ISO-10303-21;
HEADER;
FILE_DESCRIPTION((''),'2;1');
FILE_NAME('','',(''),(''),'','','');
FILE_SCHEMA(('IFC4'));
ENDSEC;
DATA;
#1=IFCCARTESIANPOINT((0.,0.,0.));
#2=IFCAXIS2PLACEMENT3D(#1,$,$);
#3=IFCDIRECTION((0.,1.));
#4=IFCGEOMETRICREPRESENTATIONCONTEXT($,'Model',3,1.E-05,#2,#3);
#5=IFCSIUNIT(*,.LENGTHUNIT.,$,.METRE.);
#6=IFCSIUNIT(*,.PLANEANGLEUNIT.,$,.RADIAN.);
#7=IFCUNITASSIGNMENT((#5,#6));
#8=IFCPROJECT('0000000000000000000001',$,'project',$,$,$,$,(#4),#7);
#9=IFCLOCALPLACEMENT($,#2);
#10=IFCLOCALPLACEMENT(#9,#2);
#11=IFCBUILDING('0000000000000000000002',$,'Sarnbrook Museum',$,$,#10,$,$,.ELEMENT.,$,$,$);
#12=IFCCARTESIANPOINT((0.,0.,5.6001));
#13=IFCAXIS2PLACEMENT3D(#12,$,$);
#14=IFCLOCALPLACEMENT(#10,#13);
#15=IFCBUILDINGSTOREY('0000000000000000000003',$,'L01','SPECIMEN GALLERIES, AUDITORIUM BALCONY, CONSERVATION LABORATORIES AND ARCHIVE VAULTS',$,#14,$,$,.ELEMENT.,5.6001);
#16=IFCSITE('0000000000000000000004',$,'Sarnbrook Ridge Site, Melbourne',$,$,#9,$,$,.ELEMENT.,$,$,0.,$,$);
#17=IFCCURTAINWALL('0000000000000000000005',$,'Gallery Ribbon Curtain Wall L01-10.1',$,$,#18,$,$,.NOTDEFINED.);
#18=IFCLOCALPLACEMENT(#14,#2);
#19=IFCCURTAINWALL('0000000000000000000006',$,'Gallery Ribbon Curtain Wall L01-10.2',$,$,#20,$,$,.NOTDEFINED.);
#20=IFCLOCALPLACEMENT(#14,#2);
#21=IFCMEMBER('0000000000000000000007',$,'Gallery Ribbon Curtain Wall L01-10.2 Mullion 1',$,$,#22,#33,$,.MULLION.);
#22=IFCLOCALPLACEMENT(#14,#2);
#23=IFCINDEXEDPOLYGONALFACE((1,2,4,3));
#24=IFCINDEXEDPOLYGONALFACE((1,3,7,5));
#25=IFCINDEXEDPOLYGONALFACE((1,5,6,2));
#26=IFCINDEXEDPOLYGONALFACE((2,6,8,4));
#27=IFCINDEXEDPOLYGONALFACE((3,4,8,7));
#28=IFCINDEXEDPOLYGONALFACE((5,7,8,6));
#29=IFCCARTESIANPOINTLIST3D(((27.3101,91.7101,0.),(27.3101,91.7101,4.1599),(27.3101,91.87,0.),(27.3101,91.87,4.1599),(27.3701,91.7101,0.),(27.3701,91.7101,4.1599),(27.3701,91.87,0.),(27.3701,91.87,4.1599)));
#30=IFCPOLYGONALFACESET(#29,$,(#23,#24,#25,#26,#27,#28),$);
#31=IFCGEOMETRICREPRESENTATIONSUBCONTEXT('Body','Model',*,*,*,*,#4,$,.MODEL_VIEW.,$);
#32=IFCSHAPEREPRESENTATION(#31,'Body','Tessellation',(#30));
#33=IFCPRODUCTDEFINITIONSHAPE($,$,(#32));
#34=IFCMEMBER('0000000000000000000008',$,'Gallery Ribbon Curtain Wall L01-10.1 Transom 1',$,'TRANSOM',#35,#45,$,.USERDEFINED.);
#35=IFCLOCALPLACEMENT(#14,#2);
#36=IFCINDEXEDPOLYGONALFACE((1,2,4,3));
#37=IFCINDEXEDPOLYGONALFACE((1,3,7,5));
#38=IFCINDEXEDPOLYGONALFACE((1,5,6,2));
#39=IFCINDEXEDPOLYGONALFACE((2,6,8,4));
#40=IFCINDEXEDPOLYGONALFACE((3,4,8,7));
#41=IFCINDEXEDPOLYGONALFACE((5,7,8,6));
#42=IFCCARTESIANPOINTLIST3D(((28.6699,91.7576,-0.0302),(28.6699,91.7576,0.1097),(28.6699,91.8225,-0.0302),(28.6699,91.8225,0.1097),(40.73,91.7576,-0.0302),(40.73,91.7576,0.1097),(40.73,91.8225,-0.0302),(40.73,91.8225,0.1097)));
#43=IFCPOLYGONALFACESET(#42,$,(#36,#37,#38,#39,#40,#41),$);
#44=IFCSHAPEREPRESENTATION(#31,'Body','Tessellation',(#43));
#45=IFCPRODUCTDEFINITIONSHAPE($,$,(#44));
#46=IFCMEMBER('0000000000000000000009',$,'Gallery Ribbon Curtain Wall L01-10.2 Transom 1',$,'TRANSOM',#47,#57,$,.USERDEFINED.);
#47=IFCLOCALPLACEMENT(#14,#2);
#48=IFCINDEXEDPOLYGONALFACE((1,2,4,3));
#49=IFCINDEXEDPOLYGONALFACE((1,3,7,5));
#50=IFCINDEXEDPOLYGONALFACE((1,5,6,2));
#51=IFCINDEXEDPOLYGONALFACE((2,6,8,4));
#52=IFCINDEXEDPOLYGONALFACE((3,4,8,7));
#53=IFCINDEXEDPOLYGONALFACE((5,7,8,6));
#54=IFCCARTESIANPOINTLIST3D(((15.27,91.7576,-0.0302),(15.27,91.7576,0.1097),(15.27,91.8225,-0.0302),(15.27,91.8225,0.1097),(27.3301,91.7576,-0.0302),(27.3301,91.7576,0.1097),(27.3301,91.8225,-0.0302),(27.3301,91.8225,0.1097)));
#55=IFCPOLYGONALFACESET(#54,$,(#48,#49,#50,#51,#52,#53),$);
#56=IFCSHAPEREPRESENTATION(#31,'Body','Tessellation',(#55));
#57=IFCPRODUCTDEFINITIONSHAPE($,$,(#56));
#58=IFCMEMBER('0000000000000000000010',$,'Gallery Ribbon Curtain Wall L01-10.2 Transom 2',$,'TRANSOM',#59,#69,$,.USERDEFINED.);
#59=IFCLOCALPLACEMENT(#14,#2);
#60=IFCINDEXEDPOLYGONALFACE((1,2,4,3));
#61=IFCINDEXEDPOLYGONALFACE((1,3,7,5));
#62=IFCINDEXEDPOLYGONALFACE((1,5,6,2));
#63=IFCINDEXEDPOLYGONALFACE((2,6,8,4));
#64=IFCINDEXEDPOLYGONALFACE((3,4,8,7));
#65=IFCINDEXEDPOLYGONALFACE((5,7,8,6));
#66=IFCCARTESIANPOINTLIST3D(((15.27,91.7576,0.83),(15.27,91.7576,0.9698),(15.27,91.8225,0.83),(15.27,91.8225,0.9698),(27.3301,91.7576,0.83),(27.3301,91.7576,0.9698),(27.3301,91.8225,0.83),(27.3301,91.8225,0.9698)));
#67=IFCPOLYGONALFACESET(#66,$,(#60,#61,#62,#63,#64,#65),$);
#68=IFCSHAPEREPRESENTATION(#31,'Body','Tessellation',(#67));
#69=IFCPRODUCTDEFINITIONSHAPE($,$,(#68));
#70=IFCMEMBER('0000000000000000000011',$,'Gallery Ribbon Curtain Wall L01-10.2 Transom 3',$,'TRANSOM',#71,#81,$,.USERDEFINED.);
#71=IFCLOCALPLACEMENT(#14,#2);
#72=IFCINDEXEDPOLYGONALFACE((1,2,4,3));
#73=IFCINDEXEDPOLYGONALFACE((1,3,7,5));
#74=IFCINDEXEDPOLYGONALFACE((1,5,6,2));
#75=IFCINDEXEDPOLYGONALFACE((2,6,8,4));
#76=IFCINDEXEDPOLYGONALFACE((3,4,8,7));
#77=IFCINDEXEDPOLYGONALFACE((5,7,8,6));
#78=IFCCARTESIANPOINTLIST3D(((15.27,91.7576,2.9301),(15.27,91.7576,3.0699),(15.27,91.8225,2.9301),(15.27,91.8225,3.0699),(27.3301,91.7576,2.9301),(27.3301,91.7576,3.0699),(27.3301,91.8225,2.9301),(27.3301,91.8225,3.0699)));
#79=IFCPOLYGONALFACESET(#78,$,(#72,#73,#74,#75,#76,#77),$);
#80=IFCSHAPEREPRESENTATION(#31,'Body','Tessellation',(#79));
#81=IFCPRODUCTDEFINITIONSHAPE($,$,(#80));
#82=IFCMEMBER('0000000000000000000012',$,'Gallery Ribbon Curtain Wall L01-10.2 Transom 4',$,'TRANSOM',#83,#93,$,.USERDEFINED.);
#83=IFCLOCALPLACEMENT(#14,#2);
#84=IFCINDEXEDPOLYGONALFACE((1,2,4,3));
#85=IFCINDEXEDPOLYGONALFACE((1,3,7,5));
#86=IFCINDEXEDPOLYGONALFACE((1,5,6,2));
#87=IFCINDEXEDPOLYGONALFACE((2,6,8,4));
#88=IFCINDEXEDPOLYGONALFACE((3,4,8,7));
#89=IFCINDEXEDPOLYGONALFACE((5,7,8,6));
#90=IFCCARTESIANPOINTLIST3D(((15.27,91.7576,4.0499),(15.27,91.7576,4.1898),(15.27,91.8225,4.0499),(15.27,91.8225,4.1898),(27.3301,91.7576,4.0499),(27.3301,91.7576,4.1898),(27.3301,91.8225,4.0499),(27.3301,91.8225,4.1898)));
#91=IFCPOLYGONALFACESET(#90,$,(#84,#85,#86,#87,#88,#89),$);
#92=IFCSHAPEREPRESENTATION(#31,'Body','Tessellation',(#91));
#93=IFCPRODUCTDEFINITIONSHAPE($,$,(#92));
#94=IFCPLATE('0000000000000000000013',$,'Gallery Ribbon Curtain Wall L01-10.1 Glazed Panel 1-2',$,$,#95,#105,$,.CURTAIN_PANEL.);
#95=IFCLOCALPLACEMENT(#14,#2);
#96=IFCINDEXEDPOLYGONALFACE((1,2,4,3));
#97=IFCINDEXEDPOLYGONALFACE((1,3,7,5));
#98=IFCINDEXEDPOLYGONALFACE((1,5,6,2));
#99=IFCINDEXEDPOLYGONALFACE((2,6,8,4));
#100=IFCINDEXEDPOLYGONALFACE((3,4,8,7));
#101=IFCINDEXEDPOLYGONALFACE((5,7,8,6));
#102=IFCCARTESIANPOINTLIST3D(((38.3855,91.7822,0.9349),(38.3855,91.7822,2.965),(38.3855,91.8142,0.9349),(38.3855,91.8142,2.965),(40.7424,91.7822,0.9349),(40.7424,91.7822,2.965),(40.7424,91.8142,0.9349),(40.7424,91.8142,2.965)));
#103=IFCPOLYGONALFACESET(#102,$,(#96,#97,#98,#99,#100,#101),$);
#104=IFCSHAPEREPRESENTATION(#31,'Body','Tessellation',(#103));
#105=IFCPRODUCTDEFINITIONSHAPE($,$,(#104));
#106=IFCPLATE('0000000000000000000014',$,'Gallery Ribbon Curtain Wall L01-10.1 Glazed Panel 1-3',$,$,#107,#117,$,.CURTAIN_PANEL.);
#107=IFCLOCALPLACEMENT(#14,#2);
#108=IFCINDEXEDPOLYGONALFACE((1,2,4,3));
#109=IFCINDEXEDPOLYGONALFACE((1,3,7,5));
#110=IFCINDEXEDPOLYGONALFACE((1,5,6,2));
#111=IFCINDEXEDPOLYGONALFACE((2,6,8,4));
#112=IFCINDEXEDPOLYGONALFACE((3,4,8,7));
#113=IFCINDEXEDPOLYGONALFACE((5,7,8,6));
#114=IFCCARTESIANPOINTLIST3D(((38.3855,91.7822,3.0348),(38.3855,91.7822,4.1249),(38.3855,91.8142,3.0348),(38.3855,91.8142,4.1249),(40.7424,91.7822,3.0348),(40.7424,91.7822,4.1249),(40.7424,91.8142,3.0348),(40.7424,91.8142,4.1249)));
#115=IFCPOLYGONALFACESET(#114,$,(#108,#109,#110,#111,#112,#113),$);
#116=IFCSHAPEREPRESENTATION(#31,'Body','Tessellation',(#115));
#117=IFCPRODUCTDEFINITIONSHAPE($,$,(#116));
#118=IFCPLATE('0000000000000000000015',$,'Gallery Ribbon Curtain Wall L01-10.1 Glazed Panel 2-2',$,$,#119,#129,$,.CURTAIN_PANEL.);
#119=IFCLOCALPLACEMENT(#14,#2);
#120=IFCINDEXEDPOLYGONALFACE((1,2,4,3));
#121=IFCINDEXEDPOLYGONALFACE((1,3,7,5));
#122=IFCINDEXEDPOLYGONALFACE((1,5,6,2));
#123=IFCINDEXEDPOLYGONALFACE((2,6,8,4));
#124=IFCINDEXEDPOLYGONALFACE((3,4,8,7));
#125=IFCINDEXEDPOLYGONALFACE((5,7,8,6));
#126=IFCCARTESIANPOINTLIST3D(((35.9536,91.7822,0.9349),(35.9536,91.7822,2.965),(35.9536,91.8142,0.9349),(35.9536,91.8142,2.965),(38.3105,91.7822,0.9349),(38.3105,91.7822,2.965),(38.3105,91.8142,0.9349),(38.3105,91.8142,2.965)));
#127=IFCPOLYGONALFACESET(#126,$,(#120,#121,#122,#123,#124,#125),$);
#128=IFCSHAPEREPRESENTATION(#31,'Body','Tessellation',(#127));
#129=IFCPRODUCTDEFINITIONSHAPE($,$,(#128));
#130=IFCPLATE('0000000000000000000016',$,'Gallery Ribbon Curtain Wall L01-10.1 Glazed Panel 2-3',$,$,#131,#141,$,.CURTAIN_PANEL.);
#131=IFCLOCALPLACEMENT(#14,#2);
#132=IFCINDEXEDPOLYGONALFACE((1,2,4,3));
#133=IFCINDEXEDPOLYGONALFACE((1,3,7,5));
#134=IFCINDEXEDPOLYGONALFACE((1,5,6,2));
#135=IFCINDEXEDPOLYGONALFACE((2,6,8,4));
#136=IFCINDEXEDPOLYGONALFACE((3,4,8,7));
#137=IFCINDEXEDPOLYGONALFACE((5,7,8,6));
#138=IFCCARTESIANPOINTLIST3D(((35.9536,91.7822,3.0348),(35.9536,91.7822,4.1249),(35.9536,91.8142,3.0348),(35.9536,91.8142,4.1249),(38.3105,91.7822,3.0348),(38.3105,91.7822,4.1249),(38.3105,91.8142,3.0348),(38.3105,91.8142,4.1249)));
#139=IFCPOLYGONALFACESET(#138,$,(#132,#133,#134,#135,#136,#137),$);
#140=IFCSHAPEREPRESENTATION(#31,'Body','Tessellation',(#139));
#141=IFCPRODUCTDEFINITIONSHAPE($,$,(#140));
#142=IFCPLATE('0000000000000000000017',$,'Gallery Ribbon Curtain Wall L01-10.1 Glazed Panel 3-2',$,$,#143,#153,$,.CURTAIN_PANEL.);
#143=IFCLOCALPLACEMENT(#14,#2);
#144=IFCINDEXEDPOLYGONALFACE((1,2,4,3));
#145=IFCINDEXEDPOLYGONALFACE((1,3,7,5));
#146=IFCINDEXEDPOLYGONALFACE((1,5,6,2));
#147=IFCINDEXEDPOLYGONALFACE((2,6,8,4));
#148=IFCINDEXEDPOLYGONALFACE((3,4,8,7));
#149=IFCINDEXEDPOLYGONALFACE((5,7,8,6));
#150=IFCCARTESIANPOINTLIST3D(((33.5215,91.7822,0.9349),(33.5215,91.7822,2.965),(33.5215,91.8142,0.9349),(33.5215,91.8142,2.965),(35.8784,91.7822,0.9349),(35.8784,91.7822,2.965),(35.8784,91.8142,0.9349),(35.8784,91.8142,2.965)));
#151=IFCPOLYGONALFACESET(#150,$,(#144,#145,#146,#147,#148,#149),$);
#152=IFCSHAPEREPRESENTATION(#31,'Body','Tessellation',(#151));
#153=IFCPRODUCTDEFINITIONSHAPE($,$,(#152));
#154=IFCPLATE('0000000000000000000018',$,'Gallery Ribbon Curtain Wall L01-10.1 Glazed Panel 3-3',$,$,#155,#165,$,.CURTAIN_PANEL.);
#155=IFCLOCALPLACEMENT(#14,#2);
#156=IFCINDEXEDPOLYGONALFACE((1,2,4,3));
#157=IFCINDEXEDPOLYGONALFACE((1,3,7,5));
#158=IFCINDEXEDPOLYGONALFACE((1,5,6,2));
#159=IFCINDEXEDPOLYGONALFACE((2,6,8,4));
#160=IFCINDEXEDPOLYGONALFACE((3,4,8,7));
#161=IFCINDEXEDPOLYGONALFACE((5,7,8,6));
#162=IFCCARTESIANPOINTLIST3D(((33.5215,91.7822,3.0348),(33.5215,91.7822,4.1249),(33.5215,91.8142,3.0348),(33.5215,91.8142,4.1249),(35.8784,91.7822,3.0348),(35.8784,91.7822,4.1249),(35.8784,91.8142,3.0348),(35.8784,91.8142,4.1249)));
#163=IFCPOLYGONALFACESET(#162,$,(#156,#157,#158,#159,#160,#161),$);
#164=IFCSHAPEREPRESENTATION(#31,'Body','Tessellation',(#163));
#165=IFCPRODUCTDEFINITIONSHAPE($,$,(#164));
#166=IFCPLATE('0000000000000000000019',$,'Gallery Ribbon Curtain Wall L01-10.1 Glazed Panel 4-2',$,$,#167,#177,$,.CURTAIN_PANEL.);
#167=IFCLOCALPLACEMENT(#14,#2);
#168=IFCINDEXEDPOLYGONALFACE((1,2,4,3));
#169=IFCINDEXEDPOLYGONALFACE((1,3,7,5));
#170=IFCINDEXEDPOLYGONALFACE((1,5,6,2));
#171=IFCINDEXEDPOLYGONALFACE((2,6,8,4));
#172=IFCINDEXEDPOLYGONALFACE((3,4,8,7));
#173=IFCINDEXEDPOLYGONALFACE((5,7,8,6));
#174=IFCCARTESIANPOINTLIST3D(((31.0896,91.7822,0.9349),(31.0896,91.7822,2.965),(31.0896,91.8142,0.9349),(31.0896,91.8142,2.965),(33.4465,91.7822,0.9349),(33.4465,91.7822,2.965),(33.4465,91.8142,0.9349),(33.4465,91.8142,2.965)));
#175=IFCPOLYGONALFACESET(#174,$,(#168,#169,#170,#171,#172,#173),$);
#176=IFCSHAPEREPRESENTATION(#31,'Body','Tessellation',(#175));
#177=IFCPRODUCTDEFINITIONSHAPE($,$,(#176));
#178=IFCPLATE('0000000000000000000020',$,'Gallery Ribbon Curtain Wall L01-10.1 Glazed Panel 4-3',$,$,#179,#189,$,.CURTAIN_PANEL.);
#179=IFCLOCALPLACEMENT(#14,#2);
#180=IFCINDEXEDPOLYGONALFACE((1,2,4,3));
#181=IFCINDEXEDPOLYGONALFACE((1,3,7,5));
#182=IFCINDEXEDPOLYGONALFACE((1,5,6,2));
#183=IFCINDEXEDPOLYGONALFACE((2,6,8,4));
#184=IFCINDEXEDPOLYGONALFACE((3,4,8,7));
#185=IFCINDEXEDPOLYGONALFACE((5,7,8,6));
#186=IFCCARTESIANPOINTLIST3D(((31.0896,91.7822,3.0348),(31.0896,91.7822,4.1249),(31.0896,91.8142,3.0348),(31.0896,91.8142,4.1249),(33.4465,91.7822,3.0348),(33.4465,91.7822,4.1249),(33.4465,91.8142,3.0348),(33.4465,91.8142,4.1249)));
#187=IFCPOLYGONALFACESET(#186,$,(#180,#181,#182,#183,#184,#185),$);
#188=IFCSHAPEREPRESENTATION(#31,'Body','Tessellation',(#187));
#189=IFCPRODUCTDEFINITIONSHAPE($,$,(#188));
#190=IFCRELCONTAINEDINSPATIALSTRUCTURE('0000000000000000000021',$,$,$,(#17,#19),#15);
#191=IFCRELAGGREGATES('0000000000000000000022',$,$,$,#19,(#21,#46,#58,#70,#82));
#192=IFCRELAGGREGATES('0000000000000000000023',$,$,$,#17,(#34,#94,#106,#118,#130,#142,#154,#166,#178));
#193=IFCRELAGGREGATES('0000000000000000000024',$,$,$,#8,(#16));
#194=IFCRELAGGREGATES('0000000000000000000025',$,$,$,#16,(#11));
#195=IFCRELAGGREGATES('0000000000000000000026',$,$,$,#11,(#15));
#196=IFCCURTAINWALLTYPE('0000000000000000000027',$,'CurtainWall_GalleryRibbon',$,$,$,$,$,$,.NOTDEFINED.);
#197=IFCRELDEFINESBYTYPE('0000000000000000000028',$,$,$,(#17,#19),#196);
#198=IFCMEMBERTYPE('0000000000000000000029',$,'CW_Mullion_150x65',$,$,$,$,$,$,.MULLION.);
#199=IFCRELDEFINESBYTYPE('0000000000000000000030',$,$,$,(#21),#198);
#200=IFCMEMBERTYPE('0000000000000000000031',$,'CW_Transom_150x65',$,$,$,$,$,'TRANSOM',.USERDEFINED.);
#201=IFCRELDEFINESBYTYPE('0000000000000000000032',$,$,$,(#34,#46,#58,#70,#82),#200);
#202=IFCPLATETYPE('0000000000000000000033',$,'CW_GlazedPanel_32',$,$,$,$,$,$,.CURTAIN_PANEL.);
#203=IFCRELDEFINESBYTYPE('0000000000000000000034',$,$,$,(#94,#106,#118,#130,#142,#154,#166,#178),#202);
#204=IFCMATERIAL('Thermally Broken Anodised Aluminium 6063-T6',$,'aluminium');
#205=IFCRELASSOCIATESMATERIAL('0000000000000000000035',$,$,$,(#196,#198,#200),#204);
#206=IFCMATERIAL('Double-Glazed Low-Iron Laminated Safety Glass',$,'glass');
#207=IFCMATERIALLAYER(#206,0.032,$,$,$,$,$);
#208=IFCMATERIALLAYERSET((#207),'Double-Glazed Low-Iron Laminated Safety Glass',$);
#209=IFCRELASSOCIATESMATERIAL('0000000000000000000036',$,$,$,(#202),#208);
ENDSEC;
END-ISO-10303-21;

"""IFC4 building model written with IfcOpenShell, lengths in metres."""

from ifc_helpers import new_model, si_unit, direction, frame, origin, origin_2d, place, context, subcontext, project, spatial, rectangle, extrude, material, layer, layer_set, material_profile, profile_set, type_object, element, aggregate, save


model = new_model("IFC4")

# Units and contexts
model_context = context("Model", 3, precision=1e-05, world=origin(), true_north=direction((0.0, 1.0)))
body_context = subcontext(model_context, "Body", "Model", "MODEL_VIEW")
ifc_project = project(units=[si_unit("LENGTHUNIT", "METRE"), si_unit("PLANEANGLEUNIT", "RADIAN")], contexts=[model_context])

# Site, building, storey
site_placement = place(None, origin())
site = spatial("IfcSite", under=ifc_project, at=site_placement, Name="Sarnbrook Ridge Site, Melbourne", CompositionType="ELEMENT", RefElevation=0.0)
building_placement = place(site_placement, origin())
building = spatial("IfcBuilding", under=site, at=building_placement, Name="Sarnbrook Museum", CompositionType="ELEMENT")
storey_placement = place(building_placement, frame((0.0, 0.0, 5.6001)))
storey = spatial("IfcBuildingStorey", under=building, at=storey_placement, Name="L01", Description="SPECIMEN GALLERIES, AUDITORIUM BALCONY, CONSERVATION LABORATORIES AND ARCHIVE VAULTS", CompositionType="ELEMENT", Elevation=5.6001)

# Curtain wall
ifc_material_1 = material(Name="Thermally Broken Anodised Aluminium 6063-T6", Category="aluminium")
curtain_wall_type = type_object("IfcCurtainWallType", Name="CurtainWall_GalleryRibbon", PredefinedType="NOTDEFINED", material=ifc_material_1)
curtain_wall_1_placement = place(storey_placement, origin())
curtain_wall_1 = element("IfcCurtainWall", 1, at=curtain_wall_1_placement, inside=storey, type_object=curtain_wall_type, Name="Gallery Ribbon Curtain Wall L01-10.1", PredefinedType="NOTDEFINED")
ifc_material_profile_1 = material_profile(ifc_material_1, rectangle(XDim=0.0601, YDim=0.1599, at=origin_2d()), Name="ALU MULLION 60x160")
ifc_profile_set_1 = profile_set([ifc_material_profile_1], Name="Thermally Broken Anodised Aluminium 6063-T6")
member_type_1 = type_object("IfcMemberType", Name="CW_Mullion_150x65", PredefinedType="MULLION", material=ifc_profile_set_1)

# Curtain wall, member
curtain_wall_2_placement = place(storey_placement, origin())
curtain_wall_2 = element("IfcCurtainWall", 2, at=curtain_wall_2_placement, inside=storey, type_object=curtain_wall_type, Name="Gallery Ribbon Curtain Wall L01-10.2", PredefinedType="NOTDEFINED")
member_1_placement = place(storey_placement, frame((27.3401, 91.79, 0.0), z_axis=(0.0, 0.0, 1.0), x_axis=(1.0, 0.0, 0.0)))
member_1 = element("IfcMember", 3, at=member_1_placement, type_object=member_type_1, Name="Gallery Ribbon Curtain Wall L01-10.2 Mullion 1", PredefinedType="MULLION", context=body_context, shape_type="SweptSolid", body=[
    extrude(rectangle(XDim=0.0601, YDim=0.1599, at=origin_2d()), origin(), (0.0, 0.0, 1.0), 4.1599),
])

# Members
ifc_material_profile_2 = material_profile(ifc_material_1, rectangle(XDim=0.0649, YDim=0.1399, at=origin_2d()), Name="ALU TRANSOM 65x140")
ifc_profile_set_2 = profile_set([ifc_material_profile_2], Name="Thermally Broken Anodised Aluminium 6063-T6")
member_type_2 = type_object("IfcMemberType", Name="CW_Transom_150x65", ElementType="TRANSOM", PredefinedType="USERDEFINED", material=ifc_profile_set_2)
member_2_placement = place(storey_placement, frame((40.73, 91.79, 0.0398), z_axis=(-1.0, 0.0, 0.0), x_axis=(0.0, -1.0, 0.0)))
member_2 = element("IfcMember", 4, at=member_2_placement, type_object=member_type_2, Name="Gallery Ribbon Curtain Wall L01-10.1 Transom 1", ObjectType="TRANSOM", PredefinedType="USERDEFINED", context=body_context, shape_type="SweptSolid", body=[
    extrude(rectangle(XDim=0.0649, YDim=0.1399, at=origin_2d()), origin(), (0.0, 0.0, 1.0), 12.0601),
])
member_3_placement = place(storey_placement, frame((27.3301, 91.79, 0.0398), z_axis=(-1.0, 0.0, 0.0), x_axis=(0.0, -1.0, 0.0)))
member_3 = element("IfcMember", 5, at=member_3_placement, type_object=member_type_2, Name="Gallery Ribbon Curtain Wall L01-10.2 Transom 1", ObjectType="TRANSOM", PredefinedType="USERDEFINED", context=body_context, shape_type="SweptSolid", body=[
    extrude(rectangle(XDim=0.0649, YDim=0.1399, at=origin_2d()), origin(), (0.0, 0.0, 1.0), 12.0601),
])
member_4_placement = place(storey_placement, frame((27.3301, 91.79, 0.8999), z_axis=(-1.0, 0.0, 0.0), x_axis=(0.0, -1.0, 0.0)))
member_4 = element("IfcMember", 6, at=member_4_placement, type_object=member_type_2, Name="Gallery Ribbon Curtain Wall L01-10.2 Transom 2", ObjectType="TRANSOM", PredefinedType="USERDEFINED", context=body_context, shape_type="SweptSolid", body=[
    extrude(rectangle(XDim=0.0649, YDim=0.1399, at=origin_2d()), origin(), (0.0, 0.0, 1.0), 12.0601),
])
member_5_placement = place(storey_placement, frame((27.3301, 91.79, 3.0), z_axis=(-1.0, 0.0, 0.0), x_axis=(0.0, -1.0, 0.0)))
member_5 = element("IfcMember", 7, at=member_5_placement, type_object=member_type_2, Name="Gallery Ribbon Curtain Wall L01-10.2 Transom 3", ObjectType="TRANSOM", PredefinedType="USERDEFINED", context=body_context, shape_type="SweptSolid", body=[
    extrude(rectangle(XDim=0.0649, YDim=0.1399, at=origin_2d()), origin(), (0.0, 0.0, 1.0), 12.0601),
])
member_6_placement = place(storey_placement, frame((27.3301, 91.79, 4.1199), z_axis=(-1.0, 0.0, 0.0), x_axis=(0.0, -1.0, 0.0)))
member_6 = element("IfcMember", 8, at=member_6_placement, type_object=member_type_2, Name="Gallery Ribbon Curtain Wall L01-10.2 Transom 4", ObjectType="TRANSOM", PredefinedType="USERDEFINED", context=body_context, shape_type="SweptSolid", body=[
    extrude(rectangle(XDim=0.0649, YDim=0.1399, at=origin_2d()), origin(), (0.0, 0.0, 1.0), 12.0601),
])
aggregate(curtain_wall_2, [member_1, member_3, member_4, member_5, member_6])

# Plates
ifc_material_2 = material(Name="Double-Glazed Low-Iron Laminated Safety Glass", Category="glass")
ifc_layer_1 = layer(ifc_material_2, 0.032)
ifc_layer_set_1 = layer_set([ifc_layer_1], Name="Double-Glazed Low-Iron Laminated Safety Glass")
plate_type_1 = type_object("IfcPlateType", Name="CW_GlazedPanel_32", PredefinedType="CURTAIN_PANEL", material=ifc_layer_set_1)
plate_1_placement = place(storey_placement, frame((39.564, 91.7822, 1.95), z_axis=(0.0, 1.0, 0.0), x_axis=(-1.0, 0.0, 0.0)))
plate_1 = element("IfcPlate", 9, at=plate_1_placement, type_object=plate_type_1, Name="Gallery Ribbon Curtain Wall L01-10.1 Glazed Panel 1-2", PredefinedType="CURTAIN_PANEL", context=body_context, shape_type="SweptSolid", body=[
    extrude(rectangle(XDim=2.3569, YDim=2.03, at=origin_2d()), origin(), (0.0, 0.0, 1.0), 0.032),
])
plate_2_placement = place(storey_placement, frame((39.564, 91.7822, 3.5798), z_axis=(0.0, 1.0, 0.0), x_axis=(-1.0, 0.0, 0.0)))
plate_2 = element("IfcPlate", 10, at=plate_2_placement, type_object=plate_type_1, Name="Gallery Ribbon Curtain Wall L01-10.1 Glazed Panel 1-3", PredefinedType="CURTAIN_PANEL", context=body_context, shape_type="SweptSolid", body=[
    extrude(rectangle(XDim=2.3569, YDim=1.0901, at=origin_2d()), origin(), (0.0, 0.0, 1.0), 0.032),
])
plate_3_placement = place(storey_placement, frame((37.1321, 91.7822, 1.95), z_axis=(0.0, 1.0, 0.0), x_axis=(-1.0, 0.0, 0.0)))
plate_3 = element("IfcPlate", 11, at=plate_3_placement, type_object=plate_type_1, Name="Gallery Ribbon Curtain Wall L01-10.1 Glazed Panel 2-2", PredefinedType="CURTAIN_PANEL", context=body_context, shape_type="SweptSolid", body=[
    extrude(rectangle(XDim=2.3569, YDim=2.03, at=origin_2d()), origin(), (0.0, 0.0, 1.0), 0.032),
])
plate_4_placement = place(storey_placement, frame((37.1321, 91.7822, 3.5798), z_axis=(0.0, 1.0, 0.0), x_axis=(-1.0, 0.0, 0.0)))
plate_4 = element("IfcPlate", 12, at=plate_4_placement, type_object=plate_type_1, Name="Gallery Ribbon Curtain Wall L01-10.1 Glazed Panel 2-3", PredefinedType="CURTAIN_PANEL", context=body_context, shape_type="SweptSolid", body=[
    extrude(rectangle(XDim=2.3569, YDim=1.0901, at=origin_2d()), origin(), (0.0, 0.0, 1.0), 0.032),
])
plate_5_placement = place(storey_placement, frame((34.7, 91.7822, 1.95), z_axis=(0.0, 1.0, 0.0), x_axis=(-1.0, 0.0, 0.0)))
plate_5 = element("IfcPlate", 13, at=plate_5_placement, type_object=plate_type_1, Name="Gallery Ribbon Curtain Wall L01-10.1 Glazed Panel 3-2", PredefinedType="CURTAIN_PANEL", context=body_context, shape_type="SweptSolid", body=[
    extrude(rectangle(XDim=2.3569, YDim=2.03, at=origin_2d()), origin(), (0.0, 0.0, 1.0), 0.032),
])
plate_6_placement = place(storey_placement, frame((34.7, 91.7822, 3.5798), z_axis=(0.0, 1.0, 0.0), x_axis=(-1.0, 0.0, 0.0)))
plate_6 = element("IfcPlate", 14, at=plate_6_placement, type_object=plate_type_1, Name="Gallery Ribbon Curtain Wall L01-10.1 Glazed Panel 3-3", PredefinedType="CURTAIN_PANEL", context=body_context, shape_type="SweptSolid", body=[
    extrude(rectangle(XDim=2.3569, YDim=1.0901, at=origin_2d()), origin(), (0.0, 0.0, 1.0), 0.032),
])
plate_7_placement = place(storey_placement, frame((32.2681, 91.7822, 1.95), z_axis=(0.0, 1.0, 0.0), x_axis=(-1.0, 0.0, 0.0)))
plate_7 = element("IfcPlate", 15, at=plate_7_placement, type_object=plate_type_1, Name="Gallery Ribbon Curtain Wall L01-10.1 Glazed Panel 4-2", PredefinedType="CURTAIN_PANEL", context=body_context, shape_type="SweptSolid", body=[
    extrude(rectangle(XDim=2.3569, YDim=2.03, at=origin_2d()), origin(), (0.0, 0.0, 1.0), 0.032),
])
plate_8_placement = place(storey_placement, frame((32.2681, 91.7822, 3.5798), z_axis=(0.0, 1.0, 0.0), x_axis=(-1.0, 0.0, 0.0)))
plate_8 = element("IfcPlate", 16, at=plate_8_placement, type_object=plate_type_1, Name="Gallery Ribbon Curtain Wall L01-10.1 Glazed Panel 4-3", PredefinedType="CURTAIN_PANEL", context=body_context, shape_type="SweptSolid", body=[
    extrude(rectangle(XDim=2.3569, YDim=1.0901, at=origin_2d()), origin(), (0.0, 0.0, 1.0), 0.032),
])
aggregate(curtain_wall_1, [member_2, plate_1, plate_2, plate_3, plate_4, plate_5, plate_6, plate_7, plate_8])

save(model, "model.ifc")
